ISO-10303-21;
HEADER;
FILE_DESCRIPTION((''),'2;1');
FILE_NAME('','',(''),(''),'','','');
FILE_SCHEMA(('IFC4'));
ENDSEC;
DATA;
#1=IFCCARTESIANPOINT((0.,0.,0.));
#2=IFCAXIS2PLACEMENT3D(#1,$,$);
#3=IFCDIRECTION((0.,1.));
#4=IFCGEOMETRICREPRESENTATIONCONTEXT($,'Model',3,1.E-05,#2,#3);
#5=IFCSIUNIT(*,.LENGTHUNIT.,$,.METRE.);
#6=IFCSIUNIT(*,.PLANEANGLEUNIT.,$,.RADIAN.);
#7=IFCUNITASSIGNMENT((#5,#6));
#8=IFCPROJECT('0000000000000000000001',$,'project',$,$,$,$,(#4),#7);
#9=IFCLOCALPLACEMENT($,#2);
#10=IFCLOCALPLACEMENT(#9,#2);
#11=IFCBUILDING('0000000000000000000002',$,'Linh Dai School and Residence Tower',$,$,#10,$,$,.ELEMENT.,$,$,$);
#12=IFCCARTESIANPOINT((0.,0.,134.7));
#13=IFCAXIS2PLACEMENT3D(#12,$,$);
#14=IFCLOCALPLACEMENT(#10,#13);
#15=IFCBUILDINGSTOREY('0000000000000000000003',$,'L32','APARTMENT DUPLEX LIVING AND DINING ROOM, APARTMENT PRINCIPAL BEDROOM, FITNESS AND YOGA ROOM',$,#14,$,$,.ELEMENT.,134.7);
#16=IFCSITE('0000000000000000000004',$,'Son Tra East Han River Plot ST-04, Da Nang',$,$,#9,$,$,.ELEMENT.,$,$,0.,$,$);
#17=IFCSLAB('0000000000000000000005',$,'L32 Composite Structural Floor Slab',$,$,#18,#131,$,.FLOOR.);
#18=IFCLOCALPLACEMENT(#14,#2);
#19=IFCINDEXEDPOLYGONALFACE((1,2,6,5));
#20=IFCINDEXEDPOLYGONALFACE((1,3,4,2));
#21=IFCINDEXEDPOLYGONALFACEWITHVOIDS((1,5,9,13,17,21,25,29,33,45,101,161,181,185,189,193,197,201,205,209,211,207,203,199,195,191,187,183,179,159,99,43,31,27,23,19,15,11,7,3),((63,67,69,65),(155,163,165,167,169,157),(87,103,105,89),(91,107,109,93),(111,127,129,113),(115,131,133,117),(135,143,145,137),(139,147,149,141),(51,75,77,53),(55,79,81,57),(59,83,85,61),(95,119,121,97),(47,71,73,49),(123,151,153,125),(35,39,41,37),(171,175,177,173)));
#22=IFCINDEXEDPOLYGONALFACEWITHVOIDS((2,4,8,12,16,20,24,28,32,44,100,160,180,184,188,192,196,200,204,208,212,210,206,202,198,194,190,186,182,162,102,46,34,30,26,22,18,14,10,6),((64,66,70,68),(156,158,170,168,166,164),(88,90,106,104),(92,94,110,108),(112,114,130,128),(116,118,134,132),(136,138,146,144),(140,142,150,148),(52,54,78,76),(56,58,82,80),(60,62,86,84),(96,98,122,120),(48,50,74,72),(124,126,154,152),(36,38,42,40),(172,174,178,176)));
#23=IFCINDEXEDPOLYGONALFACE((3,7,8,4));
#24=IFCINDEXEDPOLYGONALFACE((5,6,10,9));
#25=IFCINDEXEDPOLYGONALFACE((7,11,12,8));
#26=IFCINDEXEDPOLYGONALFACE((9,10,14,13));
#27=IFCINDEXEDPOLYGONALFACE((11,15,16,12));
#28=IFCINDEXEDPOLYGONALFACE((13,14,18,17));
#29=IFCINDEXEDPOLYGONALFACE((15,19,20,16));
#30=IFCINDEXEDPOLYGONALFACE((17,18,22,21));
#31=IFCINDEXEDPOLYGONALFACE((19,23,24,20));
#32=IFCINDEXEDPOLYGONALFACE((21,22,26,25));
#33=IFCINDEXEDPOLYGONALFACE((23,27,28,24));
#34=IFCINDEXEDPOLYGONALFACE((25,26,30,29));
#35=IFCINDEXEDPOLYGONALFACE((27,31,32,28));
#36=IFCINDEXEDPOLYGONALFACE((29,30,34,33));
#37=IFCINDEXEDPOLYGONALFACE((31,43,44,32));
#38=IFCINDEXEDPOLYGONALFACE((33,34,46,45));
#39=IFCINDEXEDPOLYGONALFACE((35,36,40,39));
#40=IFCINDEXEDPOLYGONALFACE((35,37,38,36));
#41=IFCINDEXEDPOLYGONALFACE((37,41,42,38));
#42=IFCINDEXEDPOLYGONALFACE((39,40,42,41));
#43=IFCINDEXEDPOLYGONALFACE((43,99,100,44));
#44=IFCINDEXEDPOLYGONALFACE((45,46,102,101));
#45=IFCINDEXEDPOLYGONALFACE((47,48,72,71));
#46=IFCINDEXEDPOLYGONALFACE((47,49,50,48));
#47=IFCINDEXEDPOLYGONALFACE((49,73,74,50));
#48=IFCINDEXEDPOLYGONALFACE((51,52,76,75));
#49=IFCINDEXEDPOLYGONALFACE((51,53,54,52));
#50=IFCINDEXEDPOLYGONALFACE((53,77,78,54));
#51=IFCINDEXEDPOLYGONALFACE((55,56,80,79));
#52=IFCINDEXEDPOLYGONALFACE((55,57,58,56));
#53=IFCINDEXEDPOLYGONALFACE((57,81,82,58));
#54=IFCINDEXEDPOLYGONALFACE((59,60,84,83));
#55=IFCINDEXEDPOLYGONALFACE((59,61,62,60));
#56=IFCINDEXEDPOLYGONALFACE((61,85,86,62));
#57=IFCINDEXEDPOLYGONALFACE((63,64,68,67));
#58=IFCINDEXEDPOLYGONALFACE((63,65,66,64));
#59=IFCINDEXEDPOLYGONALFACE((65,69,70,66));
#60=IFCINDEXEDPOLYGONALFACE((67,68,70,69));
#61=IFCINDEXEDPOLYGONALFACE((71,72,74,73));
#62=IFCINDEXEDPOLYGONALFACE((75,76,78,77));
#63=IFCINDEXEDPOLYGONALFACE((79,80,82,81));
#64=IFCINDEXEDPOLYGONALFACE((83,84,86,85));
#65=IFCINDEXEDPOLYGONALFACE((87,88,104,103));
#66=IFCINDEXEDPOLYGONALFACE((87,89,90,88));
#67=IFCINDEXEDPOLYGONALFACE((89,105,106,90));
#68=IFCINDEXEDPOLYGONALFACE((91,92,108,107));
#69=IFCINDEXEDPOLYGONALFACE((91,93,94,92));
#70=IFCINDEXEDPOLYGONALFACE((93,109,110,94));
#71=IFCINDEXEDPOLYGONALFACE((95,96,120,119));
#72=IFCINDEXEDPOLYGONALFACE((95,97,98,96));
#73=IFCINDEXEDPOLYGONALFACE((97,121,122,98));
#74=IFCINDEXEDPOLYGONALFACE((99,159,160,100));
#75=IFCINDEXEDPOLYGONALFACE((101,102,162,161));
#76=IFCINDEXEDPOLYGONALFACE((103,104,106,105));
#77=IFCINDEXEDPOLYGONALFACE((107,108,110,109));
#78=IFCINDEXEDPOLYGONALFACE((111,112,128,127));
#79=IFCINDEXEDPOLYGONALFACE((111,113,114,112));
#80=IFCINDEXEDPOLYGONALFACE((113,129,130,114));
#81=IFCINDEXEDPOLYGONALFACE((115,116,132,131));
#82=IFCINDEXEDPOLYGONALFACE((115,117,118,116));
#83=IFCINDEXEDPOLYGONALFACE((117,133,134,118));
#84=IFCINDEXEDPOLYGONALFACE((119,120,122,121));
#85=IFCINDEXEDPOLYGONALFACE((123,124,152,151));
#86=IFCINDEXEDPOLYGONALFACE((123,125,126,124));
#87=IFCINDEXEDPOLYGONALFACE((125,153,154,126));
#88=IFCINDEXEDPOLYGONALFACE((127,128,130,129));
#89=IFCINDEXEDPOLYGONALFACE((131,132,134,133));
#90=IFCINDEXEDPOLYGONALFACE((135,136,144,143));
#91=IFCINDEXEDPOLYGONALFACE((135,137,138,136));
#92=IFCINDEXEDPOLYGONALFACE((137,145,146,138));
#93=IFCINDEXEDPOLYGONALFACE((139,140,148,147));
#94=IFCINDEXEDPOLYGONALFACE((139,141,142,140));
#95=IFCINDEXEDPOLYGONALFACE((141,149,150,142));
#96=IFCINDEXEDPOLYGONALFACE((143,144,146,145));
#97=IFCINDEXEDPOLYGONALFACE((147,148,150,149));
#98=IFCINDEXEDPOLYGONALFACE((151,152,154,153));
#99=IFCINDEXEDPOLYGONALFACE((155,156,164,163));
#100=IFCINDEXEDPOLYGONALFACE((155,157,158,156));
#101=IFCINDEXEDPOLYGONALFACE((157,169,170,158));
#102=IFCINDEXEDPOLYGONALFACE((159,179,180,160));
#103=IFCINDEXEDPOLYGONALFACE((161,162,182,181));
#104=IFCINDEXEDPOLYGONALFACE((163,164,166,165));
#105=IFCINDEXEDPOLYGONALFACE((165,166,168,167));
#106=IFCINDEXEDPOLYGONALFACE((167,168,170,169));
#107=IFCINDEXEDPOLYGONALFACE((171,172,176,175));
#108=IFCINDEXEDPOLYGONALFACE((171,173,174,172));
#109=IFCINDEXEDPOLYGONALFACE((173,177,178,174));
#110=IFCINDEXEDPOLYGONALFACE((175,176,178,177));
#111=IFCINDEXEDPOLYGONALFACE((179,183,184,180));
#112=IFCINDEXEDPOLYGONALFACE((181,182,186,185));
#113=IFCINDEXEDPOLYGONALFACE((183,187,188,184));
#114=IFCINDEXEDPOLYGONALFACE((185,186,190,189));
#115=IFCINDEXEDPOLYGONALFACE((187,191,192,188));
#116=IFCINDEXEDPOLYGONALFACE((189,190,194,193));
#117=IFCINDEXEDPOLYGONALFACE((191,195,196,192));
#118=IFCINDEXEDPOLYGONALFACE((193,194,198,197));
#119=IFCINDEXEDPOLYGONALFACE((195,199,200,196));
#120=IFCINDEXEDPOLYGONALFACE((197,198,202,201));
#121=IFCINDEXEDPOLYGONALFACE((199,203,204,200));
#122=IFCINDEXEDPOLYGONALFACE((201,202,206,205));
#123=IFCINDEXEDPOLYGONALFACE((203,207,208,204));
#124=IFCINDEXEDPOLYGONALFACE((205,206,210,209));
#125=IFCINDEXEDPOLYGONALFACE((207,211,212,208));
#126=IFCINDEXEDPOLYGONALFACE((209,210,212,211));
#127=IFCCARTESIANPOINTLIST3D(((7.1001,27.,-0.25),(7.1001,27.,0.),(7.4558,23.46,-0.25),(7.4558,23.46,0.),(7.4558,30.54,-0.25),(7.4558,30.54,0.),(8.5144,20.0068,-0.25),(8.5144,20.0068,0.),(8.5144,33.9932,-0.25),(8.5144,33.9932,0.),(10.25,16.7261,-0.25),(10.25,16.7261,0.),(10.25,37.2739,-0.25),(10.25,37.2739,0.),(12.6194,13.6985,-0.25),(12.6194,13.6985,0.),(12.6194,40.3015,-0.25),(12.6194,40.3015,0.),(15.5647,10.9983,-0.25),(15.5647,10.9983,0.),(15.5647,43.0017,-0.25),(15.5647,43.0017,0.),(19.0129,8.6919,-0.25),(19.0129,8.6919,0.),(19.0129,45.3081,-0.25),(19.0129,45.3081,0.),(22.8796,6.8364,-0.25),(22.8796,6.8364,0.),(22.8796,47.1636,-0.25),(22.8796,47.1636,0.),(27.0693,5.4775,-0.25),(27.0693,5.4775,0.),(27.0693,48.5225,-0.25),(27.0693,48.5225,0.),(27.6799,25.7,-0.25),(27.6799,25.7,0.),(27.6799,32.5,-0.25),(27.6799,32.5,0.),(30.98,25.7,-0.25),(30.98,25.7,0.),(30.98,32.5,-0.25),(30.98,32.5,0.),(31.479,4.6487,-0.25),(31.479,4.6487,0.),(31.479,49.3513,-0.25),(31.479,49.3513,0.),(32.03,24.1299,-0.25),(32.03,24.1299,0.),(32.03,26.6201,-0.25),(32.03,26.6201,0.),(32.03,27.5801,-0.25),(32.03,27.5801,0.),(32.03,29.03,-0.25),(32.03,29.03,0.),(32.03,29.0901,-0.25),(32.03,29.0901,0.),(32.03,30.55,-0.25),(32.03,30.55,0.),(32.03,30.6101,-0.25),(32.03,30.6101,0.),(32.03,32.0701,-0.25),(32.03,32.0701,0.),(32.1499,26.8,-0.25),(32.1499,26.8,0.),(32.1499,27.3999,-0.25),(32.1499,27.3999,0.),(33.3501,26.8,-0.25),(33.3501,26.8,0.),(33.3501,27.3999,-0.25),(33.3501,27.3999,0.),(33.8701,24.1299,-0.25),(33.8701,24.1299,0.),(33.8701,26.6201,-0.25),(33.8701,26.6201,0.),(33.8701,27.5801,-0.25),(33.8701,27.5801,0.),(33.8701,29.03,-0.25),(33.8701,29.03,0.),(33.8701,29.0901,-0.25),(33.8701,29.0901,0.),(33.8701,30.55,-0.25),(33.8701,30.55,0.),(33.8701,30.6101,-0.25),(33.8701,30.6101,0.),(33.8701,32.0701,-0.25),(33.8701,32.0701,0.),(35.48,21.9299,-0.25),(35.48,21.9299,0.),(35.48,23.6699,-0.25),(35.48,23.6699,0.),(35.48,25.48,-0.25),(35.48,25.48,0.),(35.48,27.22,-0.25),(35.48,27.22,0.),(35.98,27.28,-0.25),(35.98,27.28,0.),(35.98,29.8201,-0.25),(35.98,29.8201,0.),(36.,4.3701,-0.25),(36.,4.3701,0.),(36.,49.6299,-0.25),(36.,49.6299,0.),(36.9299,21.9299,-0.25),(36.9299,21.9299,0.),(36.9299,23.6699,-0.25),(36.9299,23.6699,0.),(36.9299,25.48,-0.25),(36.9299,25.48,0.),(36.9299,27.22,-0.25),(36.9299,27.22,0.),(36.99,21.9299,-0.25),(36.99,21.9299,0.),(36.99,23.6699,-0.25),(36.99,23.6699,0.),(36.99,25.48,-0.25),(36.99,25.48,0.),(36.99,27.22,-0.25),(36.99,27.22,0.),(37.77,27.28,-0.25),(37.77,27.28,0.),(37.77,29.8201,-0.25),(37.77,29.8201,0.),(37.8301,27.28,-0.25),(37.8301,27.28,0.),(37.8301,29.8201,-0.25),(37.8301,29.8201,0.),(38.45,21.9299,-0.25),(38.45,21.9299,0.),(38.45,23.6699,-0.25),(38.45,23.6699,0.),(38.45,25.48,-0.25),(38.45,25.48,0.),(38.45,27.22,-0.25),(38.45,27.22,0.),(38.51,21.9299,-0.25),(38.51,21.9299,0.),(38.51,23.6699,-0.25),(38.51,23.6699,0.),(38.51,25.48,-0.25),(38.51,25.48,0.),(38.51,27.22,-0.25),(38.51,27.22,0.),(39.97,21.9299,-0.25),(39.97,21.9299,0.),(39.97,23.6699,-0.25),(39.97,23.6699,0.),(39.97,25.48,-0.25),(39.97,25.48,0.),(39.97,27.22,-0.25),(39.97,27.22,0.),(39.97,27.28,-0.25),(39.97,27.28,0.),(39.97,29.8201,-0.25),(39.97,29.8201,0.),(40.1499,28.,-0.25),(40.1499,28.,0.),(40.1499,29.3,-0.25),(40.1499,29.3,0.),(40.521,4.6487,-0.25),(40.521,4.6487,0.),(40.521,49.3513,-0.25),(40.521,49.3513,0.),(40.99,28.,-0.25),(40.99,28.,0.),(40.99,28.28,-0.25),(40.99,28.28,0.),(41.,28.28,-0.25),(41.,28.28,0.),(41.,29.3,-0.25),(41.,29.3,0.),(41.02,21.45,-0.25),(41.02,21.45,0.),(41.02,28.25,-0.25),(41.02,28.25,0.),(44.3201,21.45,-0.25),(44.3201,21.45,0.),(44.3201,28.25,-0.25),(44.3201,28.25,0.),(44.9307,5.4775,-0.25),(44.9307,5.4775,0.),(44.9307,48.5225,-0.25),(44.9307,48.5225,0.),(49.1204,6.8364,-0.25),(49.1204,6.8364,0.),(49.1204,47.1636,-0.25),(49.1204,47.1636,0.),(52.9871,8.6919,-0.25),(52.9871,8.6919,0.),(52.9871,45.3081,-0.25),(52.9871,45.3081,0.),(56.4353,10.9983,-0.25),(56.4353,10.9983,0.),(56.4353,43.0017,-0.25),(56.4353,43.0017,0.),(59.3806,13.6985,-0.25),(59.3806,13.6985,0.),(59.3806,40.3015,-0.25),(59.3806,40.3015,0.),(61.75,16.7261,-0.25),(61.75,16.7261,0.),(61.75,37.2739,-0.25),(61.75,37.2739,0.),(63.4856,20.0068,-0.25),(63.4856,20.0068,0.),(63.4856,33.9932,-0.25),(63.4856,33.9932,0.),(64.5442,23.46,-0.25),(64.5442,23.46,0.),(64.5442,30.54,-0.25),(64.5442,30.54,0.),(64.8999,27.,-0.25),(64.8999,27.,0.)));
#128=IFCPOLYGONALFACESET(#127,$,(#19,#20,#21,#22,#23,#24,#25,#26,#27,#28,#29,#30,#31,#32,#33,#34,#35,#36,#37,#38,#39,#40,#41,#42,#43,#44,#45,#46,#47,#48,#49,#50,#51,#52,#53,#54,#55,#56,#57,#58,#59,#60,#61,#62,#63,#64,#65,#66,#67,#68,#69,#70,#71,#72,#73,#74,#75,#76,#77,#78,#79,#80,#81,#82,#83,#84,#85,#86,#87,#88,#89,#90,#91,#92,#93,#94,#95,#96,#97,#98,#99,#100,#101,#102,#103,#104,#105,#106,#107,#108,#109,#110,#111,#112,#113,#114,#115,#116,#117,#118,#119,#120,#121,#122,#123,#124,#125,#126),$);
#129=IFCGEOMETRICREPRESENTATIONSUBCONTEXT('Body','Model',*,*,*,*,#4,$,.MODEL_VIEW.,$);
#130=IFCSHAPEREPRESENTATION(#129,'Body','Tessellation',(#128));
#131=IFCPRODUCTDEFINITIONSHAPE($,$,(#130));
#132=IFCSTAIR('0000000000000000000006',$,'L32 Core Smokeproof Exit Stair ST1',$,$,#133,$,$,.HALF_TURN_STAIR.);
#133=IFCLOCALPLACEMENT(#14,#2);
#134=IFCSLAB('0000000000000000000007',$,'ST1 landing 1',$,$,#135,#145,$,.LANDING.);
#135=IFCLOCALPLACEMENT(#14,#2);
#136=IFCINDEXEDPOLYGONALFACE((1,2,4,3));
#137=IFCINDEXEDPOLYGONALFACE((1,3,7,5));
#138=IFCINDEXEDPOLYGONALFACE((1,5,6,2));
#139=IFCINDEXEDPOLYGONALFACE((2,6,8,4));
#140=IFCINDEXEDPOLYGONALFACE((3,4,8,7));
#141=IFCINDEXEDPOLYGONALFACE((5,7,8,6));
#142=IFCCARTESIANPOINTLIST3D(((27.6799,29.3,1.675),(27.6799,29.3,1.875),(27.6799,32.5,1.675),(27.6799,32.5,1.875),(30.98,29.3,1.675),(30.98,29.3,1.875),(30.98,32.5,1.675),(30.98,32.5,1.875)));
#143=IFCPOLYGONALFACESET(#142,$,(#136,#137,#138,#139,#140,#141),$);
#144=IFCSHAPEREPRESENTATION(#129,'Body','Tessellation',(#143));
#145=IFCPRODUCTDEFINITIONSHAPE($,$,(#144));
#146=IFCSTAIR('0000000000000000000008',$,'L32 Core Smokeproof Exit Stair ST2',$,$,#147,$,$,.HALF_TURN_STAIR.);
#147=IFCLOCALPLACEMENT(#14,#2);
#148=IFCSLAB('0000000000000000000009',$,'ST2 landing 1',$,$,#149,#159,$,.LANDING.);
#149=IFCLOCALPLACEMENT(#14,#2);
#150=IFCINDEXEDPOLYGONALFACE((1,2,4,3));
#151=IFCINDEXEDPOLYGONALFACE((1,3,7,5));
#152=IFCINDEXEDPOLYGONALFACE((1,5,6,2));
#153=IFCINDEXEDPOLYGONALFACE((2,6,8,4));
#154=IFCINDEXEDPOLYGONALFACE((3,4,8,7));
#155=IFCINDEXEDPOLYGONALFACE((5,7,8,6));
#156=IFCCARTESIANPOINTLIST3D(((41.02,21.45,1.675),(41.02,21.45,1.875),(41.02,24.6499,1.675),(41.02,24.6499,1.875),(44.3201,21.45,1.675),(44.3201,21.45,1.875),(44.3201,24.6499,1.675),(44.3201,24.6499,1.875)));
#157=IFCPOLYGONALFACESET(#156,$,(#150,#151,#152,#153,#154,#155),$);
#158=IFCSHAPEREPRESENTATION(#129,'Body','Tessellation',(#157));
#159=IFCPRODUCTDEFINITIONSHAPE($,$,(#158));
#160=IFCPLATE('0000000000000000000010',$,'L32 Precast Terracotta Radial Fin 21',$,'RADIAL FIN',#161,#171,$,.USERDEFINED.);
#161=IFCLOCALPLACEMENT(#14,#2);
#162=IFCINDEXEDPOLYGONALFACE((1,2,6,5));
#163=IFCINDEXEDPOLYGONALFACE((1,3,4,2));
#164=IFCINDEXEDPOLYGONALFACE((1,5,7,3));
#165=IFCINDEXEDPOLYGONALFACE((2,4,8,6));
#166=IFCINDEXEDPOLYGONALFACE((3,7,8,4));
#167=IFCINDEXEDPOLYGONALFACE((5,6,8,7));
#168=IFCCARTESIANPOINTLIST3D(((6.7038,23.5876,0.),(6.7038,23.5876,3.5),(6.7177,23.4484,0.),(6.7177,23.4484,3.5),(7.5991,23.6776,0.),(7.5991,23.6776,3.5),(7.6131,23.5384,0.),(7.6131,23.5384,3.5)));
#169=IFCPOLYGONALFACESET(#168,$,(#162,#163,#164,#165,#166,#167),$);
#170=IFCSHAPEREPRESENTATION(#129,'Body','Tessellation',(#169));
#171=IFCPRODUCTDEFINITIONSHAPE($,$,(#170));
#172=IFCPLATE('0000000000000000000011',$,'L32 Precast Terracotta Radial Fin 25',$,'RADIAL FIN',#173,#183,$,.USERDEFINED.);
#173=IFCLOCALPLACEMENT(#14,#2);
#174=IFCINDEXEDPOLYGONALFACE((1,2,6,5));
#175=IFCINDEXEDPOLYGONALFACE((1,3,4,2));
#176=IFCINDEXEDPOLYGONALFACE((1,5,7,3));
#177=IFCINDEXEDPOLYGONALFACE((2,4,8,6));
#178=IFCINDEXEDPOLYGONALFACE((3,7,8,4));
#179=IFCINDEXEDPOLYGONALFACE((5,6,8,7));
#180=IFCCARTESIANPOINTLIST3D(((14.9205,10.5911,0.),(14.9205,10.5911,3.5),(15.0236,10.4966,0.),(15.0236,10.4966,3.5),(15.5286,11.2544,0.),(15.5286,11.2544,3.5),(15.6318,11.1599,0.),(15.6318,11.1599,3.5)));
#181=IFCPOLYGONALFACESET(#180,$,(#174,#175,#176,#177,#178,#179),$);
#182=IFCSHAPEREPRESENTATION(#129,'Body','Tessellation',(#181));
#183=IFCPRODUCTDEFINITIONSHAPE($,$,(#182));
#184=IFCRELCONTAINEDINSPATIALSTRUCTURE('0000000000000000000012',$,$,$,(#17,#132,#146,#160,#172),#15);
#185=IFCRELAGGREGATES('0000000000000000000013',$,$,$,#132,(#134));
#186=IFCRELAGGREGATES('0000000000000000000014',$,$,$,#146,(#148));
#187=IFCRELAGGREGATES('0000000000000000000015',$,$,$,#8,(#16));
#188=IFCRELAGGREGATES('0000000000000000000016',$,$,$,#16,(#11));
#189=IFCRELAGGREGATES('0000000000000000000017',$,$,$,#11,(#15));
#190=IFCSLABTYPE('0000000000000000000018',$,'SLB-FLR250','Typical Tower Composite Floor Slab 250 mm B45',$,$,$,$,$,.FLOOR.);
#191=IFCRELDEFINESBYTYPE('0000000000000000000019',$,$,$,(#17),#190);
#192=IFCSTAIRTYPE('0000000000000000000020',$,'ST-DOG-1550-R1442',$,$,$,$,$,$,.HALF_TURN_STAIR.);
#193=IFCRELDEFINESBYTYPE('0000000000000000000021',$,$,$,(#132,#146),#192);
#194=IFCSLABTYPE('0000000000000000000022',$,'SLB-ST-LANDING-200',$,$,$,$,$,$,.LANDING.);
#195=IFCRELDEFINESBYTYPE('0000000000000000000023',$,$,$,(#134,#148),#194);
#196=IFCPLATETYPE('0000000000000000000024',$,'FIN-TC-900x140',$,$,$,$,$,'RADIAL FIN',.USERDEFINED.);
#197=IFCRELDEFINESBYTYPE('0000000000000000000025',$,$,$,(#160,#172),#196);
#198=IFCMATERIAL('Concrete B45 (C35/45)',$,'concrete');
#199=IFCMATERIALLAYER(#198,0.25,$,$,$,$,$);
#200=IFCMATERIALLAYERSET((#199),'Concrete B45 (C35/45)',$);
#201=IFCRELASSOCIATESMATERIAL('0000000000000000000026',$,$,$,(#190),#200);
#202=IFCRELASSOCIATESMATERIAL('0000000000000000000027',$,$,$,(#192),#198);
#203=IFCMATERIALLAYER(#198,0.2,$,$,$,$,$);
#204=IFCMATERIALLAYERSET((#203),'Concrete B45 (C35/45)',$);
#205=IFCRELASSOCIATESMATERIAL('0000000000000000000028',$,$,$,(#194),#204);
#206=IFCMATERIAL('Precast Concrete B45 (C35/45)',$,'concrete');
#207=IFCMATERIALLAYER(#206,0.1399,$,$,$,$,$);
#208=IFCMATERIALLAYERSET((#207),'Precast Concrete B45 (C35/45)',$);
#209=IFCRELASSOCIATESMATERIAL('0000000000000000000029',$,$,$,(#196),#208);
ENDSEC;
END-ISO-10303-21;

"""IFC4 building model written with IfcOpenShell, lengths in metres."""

from ifc_helpers import new_model, si_unit, direction, frame, origin, origin_2d, place, context, subcontext, project, spatial, polyline, rectangle, outline, extrude, source, transform, mapped, material, layer, layer_set, type_object, element, aggregate, save


model = new_model("IFC4")

# Units and contexts
model_context = context("Model", 3, precision=1e-05, world=origin(), true_north=direction((0.0, 1.0)))
body_context = subcontext(model_context, "Body", "Model", "MODEL_VIEW")
ifc_project = project(units=[si_unit("LENGTHUNIT", "METRE"), si_unit("PLANEANGLEUNIT", "RADIAN")], contexts=[model_context])

# Site, building, storey
site_placement = place(None, origin())
site = spatial("IfcSite", under=ifc_project, at=site_placement, Name="Son Tra East Han River Plot ST-04, Da Nang", CompositionType="ELEMENT", RefElevation=0.0)
building_placement = place(site_placement, origin())
building = spatial("IfcBuilding", under=site, at=building_placement, Name="Linh Dai School and Residence Tower", CompositionType="ELEMENT")
storey_placement = place(building_placement, frame((0.0, 0.0, 134.7)))
storey = spatial("IfcBuildingStorey", under=building, at=storey_placement, Name="L32", Description="APARTMENT DUPLEX LIVING AND DINING ROOM, APARTMENT PRINCIPAL BEDROOM, FITNESS AND YOGA ROOM", CompositionType="ELEMENT", Elevation=134.7)

# Slab
ifc_material_1 = material(Name="Concrete B45 (C35/45)", Category="concrete")
ifc_layer_1 = layer(ifc_material_1, 0.25)
ifc_layer_set_1 = layer_set([ifc_layer_1], Name="Concrete B45 (C35/45)")
slab_type_1 = type_object("IfcSlabType", Name="SLB-FLR250", Description="Typical Tower Composite Floor Slab 250 mm B45", PredefinedType="FLOOR", material=ifc_layer_set_1)
slab_1_placement = place(storey_placement, frame((0.0, 0.0, -0.25)))
element("IfcSlab", 1, at=slab_1_placement, inside=storey, type_object=slab_type_1, Name="L32 Composite Structural Floor Slab", PredefinedType="FLOOR", context=body_context, shape_type="SweptSolid", body=[
    extrude(outline(polyline([(64.8999, 27.0), (64.5442, 30.54), (63.4856, 33.9932), (61.75, 37.2739), (59.3806, 40.3015), (56.4353, 43.0017), (52.9871, 45.3081), (49.1204, 47.1636), (44.9307, 48.5225), (40.521, 49.3513), (36.0, 49.6299), (31.479, 49.3513), (27.0693, 48.5225), (22.8796, 47.1636), (19.0129, 45.3081), (15.5647, 43.0017), (12.6194, 40.3015), (10.25, 37.2739), (8.5144, 33.9932), (7.4558, 30.54), (7.1001, 27.0), (7.4558, 23.46), (8.5144, 20.0068), (10.25, 16.7261), (12.6194, 13.6985), (15.5647, 10.9983), (19.0129, 8.6919), (22.8796, 6.8364), (27.0693, 5.4775), (31.479, 4.6487), (36.0, 4.3701), (40.521, 4.6487), (44.9307, 5.4775), (49.1204, 6.8364), (52.9871, 8.6919), (56.4353, 10.9983), (59.3806, 13.6985), (61.75, 16.7261), (63.4856, 20.0068), (64.5442, 23.46), (64.8999, 27.0)]), holes=[polyline([(30.98, 25.7), (30.98, 32.5), (27.6799, 32.5), (27.6799, 25.7), (30.98, 25.7)]), polyline([(41.02, 28.25), (41.02, 21.45), (44.3201, 21.45), (44.3201, 28.25), (41.02, 28.25)]), polyline([(35.98, 27.28), (37.77, 27.28), (37.77, 29.8201), (35.98, 29.8201), (35.98, 27.28)]), polyline([(32.03, 24.1299), (33.8701, 24.1299), (33.8701, 26.6201), (32.03, 26.6201), (32.03, 24.1299)]), polyline([(37.8301, 27.28), (39.97, 27.28), (39.97, 29.8201), (37.8301, 29.8201), (37.8301, 27.28)]), polyline([(35.48, 21.9299), (36.9299, 21.9299), (36.9299, 23.6699), (35.48, 23.6699), (35.48, 21.9299)]), polyline([(36.99, 21.9299), (38.45, 21.9299), (38.45, 23.6699), (36.99, 23.6699), (36.99, 21.9299)]), polyline([(38.51, 21.9299), (39.97, 21.9299), (39.97, 23.6699), (38.51, 23.6699), (38.51, 21.9299)]), polyline([(32.03, 27.5801), (33.8701, 27.5801), (33.8701, 29.03), (32.03, 29.03), (32.03, 27.5801)]), polyline([(32.03, 29.0901), (33.8701, 29.0901), (33.8701, 30.55), (32.03, 30.55), (32.03, 29.0901)]), polyline([(32.03, 30.6101), (33.8701, 30.6101), (33.8701, 32.0701), (32.03, 32.0701), (32.03, 30.6101)]), polyline([(35.48, 25.48), (36.9299, 25.48), (36.9299, 27.22), (35.48, 27.22), (35.48, 25.48)]), polyline([(36.99, 25.48), (38.45, 25.48), (38.45, 27.22), (36.99, 27.22), (36.99, 25.48)]), polyline([(38.51, 25.48), (39.97, 25.48), (39.97, 27.22), (38.51, 27.22), (38.51, 25.48)]), polyline([(40.1499, 28.0), (40.1499, 29.3), (41.0, 29.3), (41.0, 28.28), (40.99, 28.28), (40.99, 28.0), (40.1499, 28.0)]), polyline([(32.1499, 26.8), (33.3501, 26.8), (33.3501, 27.3999), (32.1499, 27.3999), (32.1499, 26.8)])]), origin(), (0.0, 0.0, 1.0), 0.25),
])

# Stairs, slabs
stair_type = type_object("IfcStairType", Name="ST-DOG-1550-R1442", PredefinedType="HALF_TURN_STAIR", material=ifc_material_1)
stair_1_placement = place(storey_placement, origin())
stair_1 = element("IfcStair", 2, at=stair_1_placement, inside=storey, type_object=stair_type, Name="L32 Core Smokeproof Exit Stair ST1", PredefinedType="HALF_TURN_STAIR")
ifc_layer_2 = layer(ifc_material_1, 0.2)
ifc_layer_set_2 = layer_set([ifc_layer_2], Name="Concrete B45 (C35/45)")
slab_type_2 = type_object("IfcSlabType", Name="SLB-ST-LANDING-200", PredefinedType="LANDING", material=ifc_layer_set_2)
slab_2_placement = place(storey_placement, frame((0.0, 0.0, 1.675)))
slab_2 = element("IfcSlab", 3, at=slab_2_placement, type_object=slab_type_2, Name="ST1 landing 1", PredefinedType="LANDING", context=body_context, shape_type="SweptSolid", body=[
    extrude(outline(polyline([(30.98, 29.3), (30.98, 32.5), (27.6799, 32.5), (27.6799, 29.3), (30.98, 29.3)])), origin(), (0.0, 0.0, 1.0), 0.2),
])
aggregate(stair_1, [slab_2])
stair_2_placement = place(storey_placement, origin())
stair_2 = element("IfcStair", 4, at=stair_2_placement, inside=storey, type_object=stair_type, Name="L32 Core Smokeproof Exit Stair ST2", PredefinedType="HALF_TURN_STAIR")
slab_3_placement = place(storey_placement, frame((0.0, 0.0, 1.675)))
slab_3 = element("IfcSlab", 5, at=slab_3_placement, type_object=slab_type_2, Name="ST2 landing 1", PredefinedType="LANDING", context=body_context, shape_type="SweptSolid", body=[
    extrude(outline(polyline([(41.02, 24.6499), (41.02, 21.45), (44.3201, 21.45), (44.3201, 24.6499), (41.02, 24.6499)])), origin(), (0.0, 0.0, 1.0), 0.2),
])
aggregate(stair_2, [slab_3])

# Plates
ifc_material_2 = material(Name="Precast Concrete B45 (C35/45)", Category="concrete")
ifc_layer_3 = layer(ifc_material_2, 0.1399)
ifc_layer_set_3 = layer_set([ifc_layer_3], Name="Precast Concrete B45 (C35/45)")
plate_type = type_object("IfcPlateType", Name="FIN-TC-900x140", ElementType="RADIAL FIN", PredefinedType="USERDEFINED", material=ifc_layer_set_3)
shared_shape_1 = source(origin(), body_context, "Body", "SweptSolid", [
    extrude(rectangle(XDim=0.8999, YDim=0.1399, at=origin_2d()), origin(), (0.0, 0.0, 1.0), 3.5),
])
for number, where, z_axis, x_axis, name in (
    (6, (7.1584, 23.563, 0.0), (0.0, 0.0, 1.0), (-0.994987, -0.100007, 0.0), "L32 Precast Terracotta Radial Fin 21"),
    (7, (15.2761, 10.8755, 0.0), (0.0, 0.0, 1.0), (-0.675783, -0.7371, 0.0), "L32 Precast Terracotta Radial Fin 25"),
):
    element("IfcPlate", number, at=place(storey_placement, frame(where, z_axis=z_axis, x_axis=x_axis)), inside=storey, type_object=plate_type, Name=name, ObjectType="RADIAL FIN", PredefinedType="USERDEFINED", context=body_context, shape_type="MappedRepresentation", body=[
        mapped(shared_shape_1, transform((0.0, 0.0, 0.0), x_axis=(1.0, 0.0, 0.0), y_axis=(0.0, 1.0, 0.0), z_axis=(0.0, 0.0, 1.0), scale=1.0)),
    ])

save(model, "model.ifc")
